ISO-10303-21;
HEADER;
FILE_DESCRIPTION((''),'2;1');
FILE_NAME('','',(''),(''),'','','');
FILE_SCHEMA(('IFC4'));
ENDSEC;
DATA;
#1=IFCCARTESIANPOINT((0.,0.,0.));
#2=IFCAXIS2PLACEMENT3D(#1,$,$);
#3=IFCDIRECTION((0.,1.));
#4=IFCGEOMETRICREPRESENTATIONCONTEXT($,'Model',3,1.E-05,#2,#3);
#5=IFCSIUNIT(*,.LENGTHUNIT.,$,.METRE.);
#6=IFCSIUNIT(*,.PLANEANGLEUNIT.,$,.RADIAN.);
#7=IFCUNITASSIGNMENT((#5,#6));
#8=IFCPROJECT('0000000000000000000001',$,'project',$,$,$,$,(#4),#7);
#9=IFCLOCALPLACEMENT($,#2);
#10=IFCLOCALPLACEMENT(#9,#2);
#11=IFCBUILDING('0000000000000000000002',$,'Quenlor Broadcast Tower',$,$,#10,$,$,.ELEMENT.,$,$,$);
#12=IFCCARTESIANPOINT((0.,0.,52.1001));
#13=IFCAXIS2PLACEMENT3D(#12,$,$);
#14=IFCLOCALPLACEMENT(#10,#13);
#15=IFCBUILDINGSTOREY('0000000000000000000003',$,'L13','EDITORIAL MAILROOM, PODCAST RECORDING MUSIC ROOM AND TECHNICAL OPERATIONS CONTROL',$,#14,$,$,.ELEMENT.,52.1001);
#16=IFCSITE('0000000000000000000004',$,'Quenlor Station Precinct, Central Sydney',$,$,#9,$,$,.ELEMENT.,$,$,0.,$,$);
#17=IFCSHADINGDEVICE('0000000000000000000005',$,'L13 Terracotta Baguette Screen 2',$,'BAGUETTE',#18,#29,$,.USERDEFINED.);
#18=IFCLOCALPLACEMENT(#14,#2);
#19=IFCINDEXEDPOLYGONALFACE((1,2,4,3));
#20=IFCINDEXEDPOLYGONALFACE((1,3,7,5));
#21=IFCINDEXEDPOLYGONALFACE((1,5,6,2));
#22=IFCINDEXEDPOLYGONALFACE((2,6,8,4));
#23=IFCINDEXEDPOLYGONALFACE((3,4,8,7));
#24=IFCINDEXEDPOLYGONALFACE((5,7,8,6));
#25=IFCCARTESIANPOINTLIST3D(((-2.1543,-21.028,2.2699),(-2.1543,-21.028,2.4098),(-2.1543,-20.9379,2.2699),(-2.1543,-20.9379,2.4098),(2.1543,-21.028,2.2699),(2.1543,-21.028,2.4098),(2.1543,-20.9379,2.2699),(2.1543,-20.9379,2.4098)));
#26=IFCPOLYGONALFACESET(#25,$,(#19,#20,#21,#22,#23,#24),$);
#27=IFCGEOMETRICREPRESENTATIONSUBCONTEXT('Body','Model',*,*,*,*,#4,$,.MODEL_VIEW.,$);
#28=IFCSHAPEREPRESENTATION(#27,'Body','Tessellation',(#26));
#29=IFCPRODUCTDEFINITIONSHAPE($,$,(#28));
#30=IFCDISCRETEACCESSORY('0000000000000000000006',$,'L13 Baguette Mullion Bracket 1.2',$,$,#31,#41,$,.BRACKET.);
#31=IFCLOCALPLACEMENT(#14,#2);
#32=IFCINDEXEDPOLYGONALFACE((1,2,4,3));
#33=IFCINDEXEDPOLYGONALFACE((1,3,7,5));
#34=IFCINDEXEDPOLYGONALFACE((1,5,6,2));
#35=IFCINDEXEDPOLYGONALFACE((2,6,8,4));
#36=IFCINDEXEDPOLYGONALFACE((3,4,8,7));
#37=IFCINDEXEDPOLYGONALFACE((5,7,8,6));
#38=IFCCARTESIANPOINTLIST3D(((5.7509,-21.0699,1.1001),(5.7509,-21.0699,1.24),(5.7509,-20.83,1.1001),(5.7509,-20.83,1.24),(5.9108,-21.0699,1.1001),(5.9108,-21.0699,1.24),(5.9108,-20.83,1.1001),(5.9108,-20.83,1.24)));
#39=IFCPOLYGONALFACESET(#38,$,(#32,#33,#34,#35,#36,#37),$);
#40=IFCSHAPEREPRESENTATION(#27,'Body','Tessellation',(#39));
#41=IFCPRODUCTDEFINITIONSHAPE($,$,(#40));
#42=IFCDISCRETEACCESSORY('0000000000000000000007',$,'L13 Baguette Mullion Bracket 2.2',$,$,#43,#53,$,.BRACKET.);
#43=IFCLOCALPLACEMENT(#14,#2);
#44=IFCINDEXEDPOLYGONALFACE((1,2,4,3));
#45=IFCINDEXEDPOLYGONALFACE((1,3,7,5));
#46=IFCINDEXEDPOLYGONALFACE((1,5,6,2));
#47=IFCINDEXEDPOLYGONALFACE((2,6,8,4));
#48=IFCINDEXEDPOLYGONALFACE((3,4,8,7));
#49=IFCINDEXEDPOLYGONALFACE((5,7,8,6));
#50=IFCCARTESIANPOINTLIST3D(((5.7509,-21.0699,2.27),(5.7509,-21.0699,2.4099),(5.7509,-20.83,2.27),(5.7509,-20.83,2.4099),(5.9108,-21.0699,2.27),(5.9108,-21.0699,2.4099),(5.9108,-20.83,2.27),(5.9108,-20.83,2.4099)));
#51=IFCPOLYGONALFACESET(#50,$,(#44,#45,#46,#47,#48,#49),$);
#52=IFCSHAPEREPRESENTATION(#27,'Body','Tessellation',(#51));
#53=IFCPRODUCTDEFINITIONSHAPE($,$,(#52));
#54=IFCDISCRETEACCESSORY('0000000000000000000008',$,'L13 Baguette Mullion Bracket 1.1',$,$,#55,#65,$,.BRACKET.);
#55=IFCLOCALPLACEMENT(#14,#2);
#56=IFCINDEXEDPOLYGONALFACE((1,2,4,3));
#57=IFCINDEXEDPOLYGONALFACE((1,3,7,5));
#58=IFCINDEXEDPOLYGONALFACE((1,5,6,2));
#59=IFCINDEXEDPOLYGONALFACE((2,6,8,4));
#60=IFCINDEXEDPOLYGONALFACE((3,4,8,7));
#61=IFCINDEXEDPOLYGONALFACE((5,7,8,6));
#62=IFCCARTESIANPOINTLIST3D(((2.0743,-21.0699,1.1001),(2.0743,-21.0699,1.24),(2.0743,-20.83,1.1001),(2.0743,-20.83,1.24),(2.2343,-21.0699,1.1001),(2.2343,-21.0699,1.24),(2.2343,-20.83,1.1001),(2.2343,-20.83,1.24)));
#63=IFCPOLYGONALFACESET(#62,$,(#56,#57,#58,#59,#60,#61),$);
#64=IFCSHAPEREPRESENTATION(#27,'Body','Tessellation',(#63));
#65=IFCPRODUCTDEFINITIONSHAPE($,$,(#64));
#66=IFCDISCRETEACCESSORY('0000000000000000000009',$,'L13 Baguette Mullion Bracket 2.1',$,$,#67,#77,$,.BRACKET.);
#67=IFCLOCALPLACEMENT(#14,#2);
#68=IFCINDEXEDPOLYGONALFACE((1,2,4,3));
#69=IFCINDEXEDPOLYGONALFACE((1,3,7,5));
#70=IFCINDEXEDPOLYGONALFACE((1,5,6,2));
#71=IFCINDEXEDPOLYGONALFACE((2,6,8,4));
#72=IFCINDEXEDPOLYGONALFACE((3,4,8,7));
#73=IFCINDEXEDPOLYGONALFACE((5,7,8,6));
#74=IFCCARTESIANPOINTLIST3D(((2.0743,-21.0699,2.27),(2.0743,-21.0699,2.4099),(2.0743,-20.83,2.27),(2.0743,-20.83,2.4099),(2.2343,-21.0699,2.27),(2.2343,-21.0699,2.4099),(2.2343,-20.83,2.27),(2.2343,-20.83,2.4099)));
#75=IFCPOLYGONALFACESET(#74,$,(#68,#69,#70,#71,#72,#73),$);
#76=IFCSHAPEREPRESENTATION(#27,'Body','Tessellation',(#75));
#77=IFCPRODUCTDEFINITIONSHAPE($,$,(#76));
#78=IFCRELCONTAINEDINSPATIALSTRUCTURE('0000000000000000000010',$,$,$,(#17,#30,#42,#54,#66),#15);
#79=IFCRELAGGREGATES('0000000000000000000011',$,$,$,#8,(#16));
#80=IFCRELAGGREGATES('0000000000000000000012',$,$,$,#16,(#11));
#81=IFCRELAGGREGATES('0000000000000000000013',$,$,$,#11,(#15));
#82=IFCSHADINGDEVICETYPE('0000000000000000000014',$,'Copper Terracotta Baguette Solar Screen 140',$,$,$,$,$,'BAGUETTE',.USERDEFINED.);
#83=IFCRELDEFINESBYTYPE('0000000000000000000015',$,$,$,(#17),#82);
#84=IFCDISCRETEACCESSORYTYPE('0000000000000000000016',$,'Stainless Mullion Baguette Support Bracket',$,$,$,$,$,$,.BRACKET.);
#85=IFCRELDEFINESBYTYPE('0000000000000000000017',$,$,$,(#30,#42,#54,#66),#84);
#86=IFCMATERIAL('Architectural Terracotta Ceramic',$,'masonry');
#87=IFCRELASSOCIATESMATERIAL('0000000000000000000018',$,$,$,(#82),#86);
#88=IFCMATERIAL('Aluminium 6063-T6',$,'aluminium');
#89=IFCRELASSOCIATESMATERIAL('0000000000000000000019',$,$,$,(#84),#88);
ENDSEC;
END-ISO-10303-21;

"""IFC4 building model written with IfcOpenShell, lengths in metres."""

from ifc_helpers import new_model, si_unit, direction, frame, origin, origin_2d, place, context, subcontext, project, spatial, rectangle, extrude, material, material_profile, profile_set, type_object, element, save


model = new_model("IFC4")

# Units and contexts
model_context = context("Model", 3, precision=1e-05, world=origin(), true_north=direction((0.0, 1.0)))
body_context = subcontext(model_context, "Body", "Model", "MODEL_VIEW")
ifc_project = project(units=[si_unit("LENGTHUNIT", "METRE"), si_unit("PLANEANGLEUNIT", "RADIAN")], contexts=[model_context])

# Site, building, storey
site_placement = place(None, origin())
site = spatial("IfcSite", under=ifc_project, at=site_placement, Name="Quenlor Station Precinct, Central Sydney", CompositionType="ELEMENT", RefElevation=0.0)
building_placement = place(site_placement, origin())
building = spatial("IfcBuilding", under=site, at=building_placement, Name="Quenlor Broadcast Tower", CompositionType="ELEMENT")
storey_placement = place(building_placement, frame((0.0, 0.0, 52.1001)))
storey = spatial("IfcBuildingStorey", under=building, at=storey_placement, Name="L13", Description="EDITORIAL MAILROOM, PODCAST RECORDING MUSIC ROOM AND TECHNICAL OPERATIONS CONTROL", CompositionType="ELEMENT", Elevation=52.1001)

# Shading device
ifc_material_1 = material(Name="Architectural Terracotta Ceramic", Category="masonry")
ifc_material_profile_1 = material_profile(ifc_material_1, rectangle(XDim=0.0901, YDim=0.1399, at=origin_2d()))
ifc_profile_set_1 = profile_set([ifc_material_profile_1], Name="Architectural Terracotta Ceramic BAG90x140")
shading_device_type = type_object("IfcShadingDeviceType", Name="Copper Terracotta Baguette Solar Screen 140", ElementType="BAGUETTE", PredefinedType="USERDEFINED", material=ifc_profile_set_1)
for number, where, z_axis, x_axis, name in (
    (1, (2.1543, -20.9829, 2.3398), (-1.0, 0.0, 0.0), (0.0, -1.0, 0.0), "L13 Terracotta Baguette Screen 2"),
):
    element("IfcShadingDevice", number, at=place(storey_placement, frame(where, z_axis=z_axis, x_axis=x_axis)), inside=storey, type_object=shading_device_type, Name=name, ObjectType="BAGUETTE", PredefinedType="USERDEFINED", context=body_context, shape_type="SweptSolid", body=[
        extrude(rectangle(XDim=0.0901, YDim=0.1399, at=origin_2d()), origin(), (0.0, 0.0, 1.0), 4.3086),
    ])

# Discrete accessories
ifc_material_2 = material(Name="Aluminium 6063-T6", Category="aluminium")
discrete_accessory_type = type_object("IfcDiscreteAccessoryType", Name="Stainless Mullion Baguette Support Bracket", PredefinedType="BRACKET", material=ifc_material_2)
for number, where, z_axis, x_axis, name in (
    (2, (5.8308, -20.95, 1.1001), (0.0, 0.0, 1.0), (-1.0, 0.0, 0.0), "L13 Baguette Mullion Bracket 1.2"),
    (3, (5.8308, -20.95, 2.27), (0.0, 0.0, 1.0), (-1.0, 0.0, 0.0), "L13 Baguette Mullion Bracket 2.2"),
    (4, (2.1543, -20.95, 1.1001), (0.0, 0.0, 1.0), (-1.0, 0.0, 0.0), "L13 Baguette Mullion Bracket 1.1"),
    (5, (2.1543, -20.95, 2.27), (0.0, 0.0, 1.0), (-1.0, 0.0, 0.0), "L13 Baguette Mullion Bracket 2.1"),
):
    element("IfcDiscreteAccessory", number, at=place(storey_placement, frame(where, z_axis=z_axis, x_axis=x_axis)), inside=storey, type_object=discrete_accessory_type, Name=name, PredefinedType="BRACKET", context=body_context, shape_type="SweptSolid", body=[
        extrude(rectangle(XDim=0.1599, YDim=0.24, at=origin_2d()), origin(), (0.0, 0.0, 1.0), 0.1399),
    ])

save(model, "model.ifc")
